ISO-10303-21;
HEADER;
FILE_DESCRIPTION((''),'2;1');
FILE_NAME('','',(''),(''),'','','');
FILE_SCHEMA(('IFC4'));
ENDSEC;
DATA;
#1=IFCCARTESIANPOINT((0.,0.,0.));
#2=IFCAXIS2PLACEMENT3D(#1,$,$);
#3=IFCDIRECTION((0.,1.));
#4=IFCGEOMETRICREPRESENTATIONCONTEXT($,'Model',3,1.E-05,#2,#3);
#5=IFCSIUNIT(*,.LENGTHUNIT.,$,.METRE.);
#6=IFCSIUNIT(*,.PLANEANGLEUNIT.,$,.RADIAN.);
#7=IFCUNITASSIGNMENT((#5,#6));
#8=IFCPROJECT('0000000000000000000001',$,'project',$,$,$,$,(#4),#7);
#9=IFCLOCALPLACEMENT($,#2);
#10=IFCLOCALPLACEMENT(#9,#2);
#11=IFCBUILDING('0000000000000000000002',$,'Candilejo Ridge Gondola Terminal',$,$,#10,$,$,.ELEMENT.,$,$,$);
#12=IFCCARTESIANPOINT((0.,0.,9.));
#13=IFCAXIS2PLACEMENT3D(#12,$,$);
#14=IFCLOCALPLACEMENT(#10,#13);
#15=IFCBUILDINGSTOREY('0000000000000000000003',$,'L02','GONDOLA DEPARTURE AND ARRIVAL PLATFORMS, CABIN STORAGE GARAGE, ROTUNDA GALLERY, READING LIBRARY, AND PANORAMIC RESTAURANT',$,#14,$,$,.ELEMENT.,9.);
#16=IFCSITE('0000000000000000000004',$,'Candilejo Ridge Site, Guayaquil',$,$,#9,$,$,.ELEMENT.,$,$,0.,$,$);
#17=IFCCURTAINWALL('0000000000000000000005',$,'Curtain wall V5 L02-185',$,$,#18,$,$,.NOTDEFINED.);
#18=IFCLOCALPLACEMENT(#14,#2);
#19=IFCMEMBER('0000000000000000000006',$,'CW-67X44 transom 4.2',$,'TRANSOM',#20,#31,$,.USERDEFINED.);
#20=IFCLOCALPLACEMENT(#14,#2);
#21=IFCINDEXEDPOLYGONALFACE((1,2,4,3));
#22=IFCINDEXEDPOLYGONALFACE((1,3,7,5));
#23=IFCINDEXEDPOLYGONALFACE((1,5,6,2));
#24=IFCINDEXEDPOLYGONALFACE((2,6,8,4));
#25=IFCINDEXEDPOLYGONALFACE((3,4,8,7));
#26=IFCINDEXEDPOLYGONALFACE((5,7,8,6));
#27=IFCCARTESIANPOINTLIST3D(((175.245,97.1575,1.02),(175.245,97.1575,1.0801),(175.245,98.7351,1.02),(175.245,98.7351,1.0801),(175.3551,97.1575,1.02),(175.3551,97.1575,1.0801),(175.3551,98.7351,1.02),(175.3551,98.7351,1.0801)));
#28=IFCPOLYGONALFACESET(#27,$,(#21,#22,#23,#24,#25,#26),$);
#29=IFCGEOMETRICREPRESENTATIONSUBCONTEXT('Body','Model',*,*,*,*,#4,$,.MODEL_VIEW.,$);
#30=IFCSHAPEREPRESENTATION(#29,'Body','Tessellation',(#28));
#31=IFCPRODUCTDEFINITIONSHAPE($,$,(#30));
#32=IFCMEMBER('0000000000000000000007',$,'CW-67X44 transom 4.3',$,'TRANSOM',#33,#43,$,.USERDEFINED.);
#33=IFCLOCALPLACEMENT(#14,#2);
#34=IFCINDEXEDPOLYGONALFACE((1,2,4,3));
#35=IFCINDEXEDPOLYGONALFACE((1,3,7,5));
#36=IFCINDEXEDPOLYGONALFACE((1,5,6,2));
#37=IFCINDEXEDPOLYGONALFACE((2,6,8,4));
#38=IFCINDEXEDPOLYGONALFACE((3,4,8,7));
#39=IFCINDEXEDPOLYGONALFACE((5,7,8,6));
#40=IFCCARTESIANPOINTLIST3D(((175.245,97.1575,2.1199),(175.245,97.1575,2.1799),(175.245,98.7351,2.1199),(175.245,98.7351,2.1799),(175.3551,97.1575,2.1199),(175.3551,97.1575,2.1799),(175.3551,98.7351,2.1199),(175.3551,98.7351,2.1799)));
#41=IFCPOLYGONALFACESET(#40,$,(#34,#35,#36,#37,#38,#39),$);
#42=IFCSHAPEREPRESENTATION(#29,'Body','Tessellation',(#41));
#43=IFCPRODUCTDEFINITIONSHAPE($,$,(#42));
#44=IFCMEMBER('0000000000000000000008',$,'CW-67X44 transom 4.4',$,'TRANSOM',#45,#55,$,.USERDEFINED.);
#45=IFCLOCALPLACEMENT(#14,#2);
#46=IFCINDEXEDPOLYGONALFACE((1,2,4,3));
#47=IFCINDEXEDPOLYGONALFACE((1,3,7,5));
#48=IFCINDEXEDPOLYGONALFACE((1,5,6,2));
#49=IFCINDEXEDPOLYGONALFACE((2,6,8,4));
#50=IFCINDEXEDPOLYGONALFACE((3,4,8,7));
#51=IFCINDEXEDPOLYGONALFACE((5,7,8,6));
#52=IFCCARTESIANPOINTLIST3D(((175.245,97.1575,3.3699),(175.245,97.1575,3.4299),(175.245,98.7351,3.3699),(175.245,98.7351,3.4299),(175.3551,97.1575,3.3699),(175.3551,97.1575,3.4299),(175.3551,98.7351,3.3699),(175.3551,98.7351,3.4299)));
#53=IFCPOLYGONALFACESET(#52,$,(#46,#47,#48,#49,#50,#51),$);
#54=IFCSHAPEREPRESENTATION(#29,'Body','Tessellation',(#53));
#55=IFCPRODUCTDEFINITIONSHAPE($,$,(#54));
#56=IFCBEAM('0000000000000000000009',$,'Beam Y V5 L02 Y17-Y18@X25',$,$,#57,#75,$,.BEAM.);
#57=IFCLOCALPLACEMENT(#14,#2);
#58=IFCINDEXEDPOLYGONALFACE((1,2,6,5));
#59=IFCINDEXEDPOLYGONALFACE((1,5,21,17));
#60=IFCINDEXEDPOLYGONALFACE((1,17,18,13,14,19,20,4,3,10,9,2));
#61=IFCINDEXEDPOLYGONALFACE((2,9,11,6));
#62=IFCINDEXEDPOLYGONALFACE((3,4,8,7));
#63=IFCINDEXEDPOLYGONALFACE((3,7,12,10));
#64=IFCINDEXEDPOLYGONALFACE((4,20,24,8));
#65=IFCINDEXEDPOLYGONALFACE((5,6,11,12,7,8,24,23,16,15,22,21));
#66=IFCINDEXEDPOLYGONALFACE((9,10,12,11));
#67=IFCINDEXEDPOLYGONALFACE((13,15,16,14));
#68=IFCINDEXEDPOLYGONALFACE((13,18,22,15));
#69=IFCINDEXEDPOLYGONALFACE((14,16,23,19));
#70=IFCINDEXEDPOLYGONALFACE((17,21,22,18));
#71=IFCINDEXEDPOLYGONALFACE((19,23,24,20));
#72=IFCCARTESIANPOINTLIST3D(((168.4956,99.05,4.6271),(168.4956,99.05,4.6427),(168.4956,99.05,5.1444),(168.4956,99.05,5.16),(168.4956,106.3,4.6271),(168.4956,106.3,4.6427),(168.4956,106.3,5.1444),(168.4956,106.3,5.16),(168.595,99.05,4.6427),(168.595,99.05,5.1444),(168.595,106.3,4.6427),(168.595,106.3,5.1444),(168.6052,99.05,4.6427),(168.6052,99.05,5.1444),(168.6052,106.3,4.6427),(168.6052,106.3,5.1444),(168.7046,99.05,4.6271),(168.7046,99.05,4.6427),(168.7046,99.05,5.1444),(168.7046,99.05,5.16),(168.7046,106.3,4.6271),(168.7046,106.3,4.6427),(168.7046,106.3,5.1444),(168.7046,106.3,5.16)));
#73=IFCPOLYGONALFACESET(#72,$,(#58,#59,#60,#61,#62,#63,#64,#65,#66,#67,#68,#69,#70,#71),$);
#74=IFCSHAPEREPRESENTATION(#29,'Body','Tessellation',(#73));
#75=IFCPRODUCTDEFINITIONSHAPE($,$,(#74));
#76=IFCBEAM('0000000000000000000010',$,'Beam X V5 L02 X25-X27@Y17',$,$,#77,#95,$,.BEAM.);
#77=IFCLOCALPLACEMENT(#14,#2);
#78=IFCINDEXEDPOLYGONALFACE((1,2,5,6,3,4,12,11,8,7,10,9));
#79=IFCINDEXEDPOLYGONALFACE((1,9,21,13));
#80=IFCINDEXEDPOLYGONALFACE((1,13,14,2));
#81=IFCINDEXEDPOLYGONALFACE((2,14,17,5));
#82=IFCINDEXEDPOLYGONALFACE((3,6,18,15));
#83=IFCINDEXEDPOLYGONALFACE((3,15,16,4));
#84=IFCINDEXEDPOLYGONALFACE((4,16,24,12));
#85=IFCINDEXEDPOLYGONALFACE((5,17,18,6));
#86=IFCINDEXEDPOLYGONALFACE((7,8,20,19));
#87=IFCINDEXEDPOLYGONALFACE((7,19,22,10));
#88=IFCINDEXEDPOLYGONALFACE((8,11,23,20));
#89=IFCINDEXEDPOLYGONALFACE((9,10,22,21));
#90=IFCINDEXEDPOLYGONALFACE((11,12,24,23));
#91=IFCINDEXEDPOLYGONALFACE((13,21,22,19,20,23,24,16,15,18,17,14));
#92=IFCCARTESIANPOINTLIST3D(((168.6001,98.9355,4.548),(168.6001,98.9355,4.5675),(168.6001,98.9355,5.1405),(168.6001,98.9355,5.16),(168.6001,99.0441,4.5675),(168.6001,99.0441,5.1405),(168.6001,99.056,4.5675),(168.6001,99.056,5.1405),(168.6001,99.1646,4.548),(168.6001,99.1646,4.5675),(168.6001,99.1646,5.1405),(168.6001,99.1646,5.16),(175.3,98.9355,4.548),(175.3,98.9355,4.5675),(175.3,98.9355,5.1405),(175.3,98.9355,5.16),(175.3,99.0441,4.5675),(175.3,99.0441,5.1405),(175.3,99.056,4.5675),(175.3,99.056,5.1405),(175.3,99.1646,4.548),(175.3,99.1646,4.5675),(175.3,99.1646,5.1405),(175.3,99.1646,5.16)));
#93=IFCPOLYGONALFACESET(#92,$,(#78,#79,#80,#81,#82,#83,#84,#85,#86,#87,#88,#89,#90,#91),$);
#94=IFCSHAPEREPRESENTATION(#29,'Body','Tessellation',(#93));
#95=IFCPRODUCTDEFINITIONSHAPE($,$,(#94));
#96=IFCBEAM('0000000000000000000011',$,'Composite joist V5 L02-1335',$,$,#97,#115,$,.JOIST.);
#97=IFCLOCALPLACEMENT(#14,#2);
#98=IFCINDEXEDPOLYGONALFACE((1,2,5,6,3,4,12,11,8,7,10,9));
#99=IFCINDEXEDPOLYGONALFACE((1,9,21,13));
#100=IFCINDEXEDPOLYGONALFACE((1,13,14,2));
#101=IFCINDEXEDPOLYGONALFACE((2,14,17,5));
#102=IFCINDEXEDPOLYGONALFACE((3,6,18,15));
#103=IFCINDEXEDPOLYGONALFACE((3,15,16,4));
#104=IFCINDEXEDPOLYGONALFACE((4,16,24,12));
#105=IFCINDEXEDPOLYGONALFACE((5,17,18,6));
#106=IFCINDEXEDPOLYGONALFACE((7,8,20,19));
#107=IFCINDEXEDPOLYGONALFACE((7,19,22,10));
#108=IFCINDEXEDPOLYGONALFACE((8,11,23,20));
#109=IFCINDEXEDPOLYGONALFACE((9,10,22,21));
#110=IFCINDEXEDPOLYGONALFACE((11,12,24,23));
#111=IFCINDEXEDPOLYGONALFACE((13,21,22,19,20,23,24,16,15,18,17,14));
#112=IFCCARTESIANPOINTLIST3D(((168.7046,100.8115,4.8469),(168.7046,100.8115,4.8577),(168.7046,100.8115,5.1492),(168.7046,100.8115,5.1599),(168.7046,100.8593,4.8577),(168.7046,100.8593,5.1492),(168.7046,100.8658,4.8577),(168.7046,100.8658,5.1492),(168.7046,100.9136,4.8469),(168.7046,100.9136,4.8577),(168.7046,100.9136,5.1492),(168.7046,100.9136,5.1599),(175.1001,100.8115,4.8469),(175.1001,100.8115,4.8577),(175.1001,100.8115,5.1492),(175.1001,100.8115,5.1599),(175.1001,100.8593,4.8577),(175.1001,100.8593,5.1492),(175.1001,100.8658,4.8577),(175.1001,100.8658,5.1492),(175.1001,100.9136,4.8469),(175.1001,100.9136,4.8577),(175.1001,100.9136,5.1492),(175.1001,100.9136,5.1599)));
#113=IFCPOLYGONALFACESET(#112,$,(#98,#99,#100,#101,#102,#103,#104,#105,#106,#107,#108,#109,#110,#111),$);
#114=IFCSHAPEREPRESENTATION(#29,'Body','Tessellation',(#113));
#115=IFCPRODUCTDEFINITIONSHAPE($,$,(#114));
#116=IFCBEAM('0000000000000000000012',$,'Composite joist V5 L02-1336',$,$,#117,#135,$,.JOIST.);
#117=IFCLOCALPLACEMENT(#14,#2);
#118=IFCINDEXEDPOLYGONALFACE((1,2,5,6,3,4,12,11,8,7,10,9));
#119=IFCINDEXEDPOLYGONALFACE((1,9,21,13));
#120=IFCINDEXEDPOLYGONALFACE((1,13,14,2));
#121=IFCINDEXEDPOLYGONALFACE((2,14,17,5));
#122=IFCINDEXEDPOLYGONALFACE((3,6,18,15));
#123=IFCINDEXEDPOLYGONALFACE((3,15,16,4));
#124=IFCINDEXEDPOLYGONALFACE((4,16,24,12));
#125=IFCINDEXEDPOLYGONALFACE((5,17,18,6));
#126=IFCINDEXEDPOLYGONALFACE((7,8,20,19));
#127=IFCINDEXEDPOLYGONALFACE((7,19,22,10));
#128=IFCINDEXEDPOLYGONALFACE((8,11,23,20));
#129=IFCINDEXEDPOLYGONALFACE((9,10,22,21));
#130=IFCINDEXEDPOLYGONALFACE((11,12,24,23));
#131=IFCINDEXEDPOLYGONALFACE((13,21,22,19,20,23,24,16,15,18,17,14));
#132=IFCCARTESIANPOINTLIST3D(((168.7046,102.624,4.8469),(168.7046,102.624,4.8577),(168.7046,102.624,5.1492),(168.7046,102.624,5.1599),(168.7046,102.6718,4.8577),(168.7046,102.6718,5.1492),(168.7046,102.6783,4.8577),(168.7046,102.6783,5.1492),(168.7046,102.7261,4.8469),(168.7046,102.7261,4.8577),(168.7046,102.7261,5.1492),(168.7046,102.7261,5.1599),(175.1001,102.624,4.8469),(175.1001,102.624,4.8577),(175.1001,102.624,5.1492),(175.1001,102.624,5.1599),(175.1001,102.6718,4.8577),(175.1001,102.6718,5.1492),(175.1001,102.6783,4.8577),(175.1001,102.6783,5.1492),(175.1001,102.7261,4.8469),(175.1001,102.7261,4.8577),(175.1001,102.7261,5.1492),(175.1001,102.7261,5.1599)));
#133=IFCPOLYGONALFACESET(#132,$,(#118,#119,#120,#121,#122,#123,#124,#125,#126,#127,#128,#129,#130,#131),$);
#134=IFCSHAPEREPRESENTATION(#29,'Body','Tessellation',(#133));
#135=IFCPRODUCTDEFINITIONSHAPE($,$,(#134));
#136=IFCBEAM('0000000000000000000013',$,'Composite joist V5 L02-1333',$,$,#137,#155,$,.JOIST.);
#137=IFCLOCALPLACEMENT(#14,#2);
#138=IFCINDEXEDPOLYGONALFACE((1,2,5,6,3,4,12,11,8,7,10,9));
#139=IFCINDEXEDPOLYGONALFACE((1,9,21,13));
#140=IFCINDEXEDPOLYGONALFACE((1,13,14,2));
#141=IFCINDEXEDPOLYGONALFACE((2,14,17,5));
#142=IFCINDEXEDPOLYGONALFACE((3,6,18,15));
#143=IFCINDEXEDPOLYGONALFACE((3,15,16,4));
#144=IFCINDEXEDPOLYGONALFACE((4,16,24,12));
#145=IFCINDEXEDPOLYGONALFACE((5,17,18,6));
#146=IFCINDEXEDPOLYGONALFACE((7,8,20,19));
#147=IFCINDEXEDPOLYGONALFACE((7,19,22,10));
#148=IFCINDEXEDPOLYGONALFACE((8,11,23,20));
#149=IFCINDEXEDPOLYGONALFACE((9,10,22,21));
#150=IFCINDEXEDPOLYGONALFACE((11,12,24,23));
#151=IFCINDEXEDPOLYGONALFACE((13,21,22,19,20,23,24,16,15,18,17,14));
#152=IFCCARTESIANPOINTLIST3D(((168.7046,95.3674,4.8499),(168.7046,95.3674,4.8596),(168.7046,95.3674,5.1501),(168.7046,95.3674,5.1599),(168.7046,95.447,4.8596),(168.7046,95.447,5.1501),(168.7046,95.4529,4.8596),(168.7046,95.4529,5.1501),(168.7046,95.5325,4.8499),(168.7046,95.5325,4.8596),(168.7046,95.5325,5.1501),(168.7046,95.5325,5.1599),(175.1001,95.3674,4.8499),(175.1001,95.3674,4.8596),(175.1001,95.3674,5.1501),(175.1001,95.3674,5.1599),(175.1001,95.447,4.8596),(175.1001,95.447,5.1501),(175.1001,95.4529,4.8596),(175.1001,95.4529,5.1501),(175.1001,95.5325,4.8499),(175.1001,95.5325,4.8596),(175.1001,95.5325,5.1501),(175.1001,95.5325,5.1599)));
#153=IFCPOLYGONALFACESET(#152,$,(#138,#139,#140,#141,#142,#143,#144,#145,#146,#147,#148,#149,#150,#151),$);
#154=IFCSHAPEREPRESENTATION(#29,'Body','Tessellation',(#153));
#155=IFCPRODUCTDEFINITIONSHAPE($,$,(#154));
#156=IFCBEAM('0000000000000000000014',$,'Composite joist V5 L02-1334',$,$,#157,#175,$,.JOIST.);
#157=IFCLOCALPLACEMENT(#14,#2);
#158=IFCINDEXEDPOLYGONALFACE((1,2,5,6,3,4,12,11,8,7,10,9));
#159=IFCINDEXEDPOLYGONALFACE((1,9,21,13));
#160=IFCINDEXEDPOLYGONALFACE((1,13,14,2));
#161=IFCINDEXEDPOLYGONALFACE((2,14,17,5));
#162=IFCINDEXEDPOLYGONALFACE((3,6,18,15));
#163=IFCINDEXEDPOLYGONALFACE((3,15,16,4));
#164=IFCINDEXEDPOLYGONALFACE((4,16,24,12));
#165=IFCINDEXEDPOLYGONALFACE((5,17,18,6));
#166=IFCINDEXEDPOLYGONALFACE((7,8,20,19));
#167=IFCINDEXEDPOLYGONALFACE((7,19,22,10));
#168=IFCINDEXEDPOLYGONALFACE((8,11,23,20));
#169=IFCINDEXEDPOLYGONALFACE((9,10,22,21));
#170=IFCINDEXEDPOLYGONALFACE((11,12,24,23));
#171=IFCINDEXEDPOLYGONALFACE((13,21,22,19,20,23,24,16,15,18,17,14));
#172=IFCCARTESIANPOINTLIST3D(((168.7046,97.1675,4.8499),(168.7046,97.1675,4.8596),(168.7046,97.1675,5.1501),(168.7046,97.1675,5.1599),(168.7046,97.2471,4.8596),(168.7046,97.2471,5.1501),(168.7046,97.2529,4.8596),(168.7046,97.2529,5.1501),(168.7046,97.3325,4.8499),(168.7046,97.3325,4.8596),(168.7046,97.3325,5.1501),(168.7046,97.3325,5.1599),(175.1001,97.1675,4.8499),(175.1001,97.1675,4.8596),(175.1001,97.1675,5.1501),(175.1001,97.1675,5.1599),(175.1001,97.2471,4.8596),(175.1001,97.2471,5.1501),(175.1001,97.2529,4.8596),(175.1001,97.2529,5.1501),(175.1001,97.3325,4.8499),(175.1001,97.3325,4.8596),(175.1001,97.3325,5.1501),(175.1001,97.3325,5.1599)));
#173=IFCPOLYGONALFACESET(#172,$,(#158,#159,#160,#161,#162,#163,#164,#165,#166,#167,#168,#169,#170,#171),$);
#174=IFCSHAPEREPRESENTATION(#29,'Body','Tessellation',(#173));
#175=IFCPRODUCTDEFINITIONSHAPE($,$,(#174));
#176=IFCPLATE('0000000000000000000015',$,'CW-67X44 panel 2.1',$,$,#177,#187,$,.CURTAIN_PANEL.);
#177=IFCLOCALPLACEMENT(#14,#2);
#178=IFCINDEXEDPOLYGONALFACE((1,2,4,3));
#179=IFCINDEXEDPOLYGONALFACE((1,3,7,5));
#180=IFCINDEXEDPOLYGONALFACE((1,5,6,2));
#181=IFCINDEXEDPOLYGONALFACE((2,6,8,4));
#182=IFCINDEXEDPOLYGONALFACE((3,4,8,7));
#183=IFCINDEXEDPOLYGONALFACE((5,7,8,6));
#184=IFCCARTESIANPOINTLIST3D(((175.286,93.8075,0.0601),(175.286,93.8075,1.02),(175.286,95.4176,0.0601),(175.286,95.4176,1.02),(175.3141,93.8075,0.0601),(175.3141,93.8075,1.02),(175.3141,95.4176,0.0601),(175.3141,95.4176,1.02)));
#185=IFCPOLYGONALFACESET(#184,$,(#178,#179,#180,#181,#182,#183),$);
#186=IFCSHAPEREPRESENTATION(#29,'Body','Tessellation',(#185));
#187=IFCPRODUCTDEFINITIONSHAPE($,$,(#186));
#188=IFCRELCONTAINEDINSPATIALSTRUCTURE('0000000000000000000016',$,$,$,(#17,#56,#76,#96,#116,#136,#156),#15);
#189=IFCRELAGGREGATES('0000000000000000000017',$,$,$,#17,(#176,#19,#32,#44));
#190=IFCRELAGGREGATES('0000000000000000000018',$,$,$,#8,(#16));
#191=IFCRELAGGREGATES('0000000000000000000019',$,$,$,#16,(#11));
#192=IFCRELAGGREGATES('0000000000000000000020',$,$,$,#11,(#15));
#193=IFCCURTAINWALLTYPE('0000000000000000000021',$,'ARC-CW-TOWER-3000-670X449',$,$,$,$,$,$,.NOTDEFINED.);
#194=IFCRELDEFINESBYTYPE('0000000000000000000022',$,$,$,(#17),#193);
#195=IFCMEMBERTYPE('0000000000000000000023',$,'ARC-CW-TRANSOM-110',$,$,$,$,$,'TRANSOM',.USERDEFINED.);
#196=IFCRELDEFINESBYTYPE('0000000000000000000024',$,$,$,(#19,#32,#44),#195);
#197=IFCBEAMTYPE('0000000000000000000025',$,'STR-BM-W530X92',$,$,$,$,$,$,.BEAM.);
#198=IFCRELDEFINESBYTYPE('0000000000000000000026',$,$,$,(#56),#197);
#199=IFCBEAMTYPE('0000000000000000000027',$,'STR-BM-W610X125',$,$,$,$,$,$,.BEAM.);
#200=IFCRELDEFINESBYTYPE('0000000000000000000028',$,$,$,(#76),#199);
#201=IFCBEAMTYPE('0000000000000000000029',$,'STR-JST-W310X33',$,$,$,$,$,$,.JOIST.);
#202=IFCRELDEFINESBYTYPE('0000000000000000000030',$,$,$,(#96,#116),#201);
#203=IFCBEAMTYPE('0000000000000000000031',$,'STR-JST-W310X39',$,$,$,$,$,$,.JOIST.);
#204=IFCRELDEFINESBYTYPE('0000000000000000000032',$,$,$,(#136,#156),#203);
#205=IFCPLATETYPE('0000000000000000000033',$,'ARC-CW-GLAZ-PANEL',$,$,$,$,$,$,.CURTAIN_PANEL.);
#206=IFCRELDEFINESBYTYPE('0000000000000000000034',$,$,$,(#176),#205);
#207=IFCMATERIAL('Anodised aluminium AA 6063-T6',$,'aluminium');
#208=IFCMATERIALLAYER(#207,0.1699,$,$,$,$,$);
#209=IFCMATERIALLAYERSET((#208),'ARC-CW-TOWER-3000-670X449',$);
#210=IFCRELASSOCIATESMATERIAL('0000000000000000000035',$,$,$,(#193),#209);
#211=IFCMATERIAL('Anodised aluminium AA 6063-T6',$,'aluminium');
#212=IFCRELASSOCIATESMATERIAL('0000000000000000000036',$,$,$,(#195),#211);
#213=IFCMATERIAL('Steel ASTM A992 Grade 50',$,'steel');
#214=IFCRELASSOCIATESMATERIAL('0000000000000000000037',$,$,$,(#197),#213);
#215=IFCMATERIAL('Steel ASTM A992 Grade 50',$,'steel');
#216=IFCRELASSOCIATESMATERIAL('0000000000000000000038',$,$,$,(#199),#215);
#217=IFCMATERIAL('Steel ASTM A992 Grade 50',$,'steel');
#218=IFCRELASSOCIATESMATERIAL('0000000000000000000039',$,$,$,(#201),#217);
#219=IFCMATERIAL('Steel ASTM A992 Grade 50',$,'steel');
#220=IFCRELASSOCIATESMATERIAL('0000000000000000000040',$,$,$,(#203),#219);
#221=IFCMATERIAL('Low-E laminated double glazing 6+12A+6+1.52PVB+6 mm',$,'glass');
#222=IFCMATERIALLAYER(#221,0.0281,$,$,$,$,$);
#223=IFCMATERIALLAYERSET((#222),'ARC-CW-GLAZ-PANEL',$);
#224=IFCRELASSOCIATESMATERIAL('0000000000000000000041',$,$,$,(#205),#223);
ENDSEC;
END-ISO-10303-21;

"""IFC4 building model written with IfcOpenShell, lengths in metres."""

from ifc_helpers import new_model, si_unit, direction, frame, origin, origin_2d, place, context, subcontext, project, spatial, rectangle, i_section, extrude, material, layer, layer_set, material_profile, profile_set, type_object, element, aggregate, save


model = new_model("IFC4")

# Units and contexts
model_context = context("Model", 3, precision=1e-05, world=origin(), true_north=direction((0.0, 1.0)))
body_context = subcontext(model_context, "Body", "Model", "MODEL_VIEW")
ifc_project = project(units=[si_unit("LENGTHUNIT", "METRE"), si_unit("PLANEANGLEUNIT", "RADIAN")], contexts=[model_context])

# Site, building, storey
site_placement = place(None, origin())
site = spatial("IfcSite", under=ifc_project, at=site_placement, Name="Candilejo Ridge Site, Guayaquil", CompositionType="ELEMENT", RefElevation=0.0)
building_placement = place(site_placement, origin())
building = spatial("IfcBuilding", under=site, at=building_placement, Name="Candilejo Ridge Gondola Terminal", CompositionType="ELEMENT")
storey_placement = place(building_placement, frame((0.0, 0.0, 9.0)))
storey = spatial("IfcBuildingStorey", under=building, at=storey_placement, Name="L02", Description="GONDOLA DEPARTURE AND ARRIVAL PLATFORMS, CABIN STORAGE GARAGE, ROTUNDA GALLERY, READING LIBRARY, AND PANORAMIC RESTAURANT", CompositionType="ELEMENT", Elevation=9.0)

# Curtain wall, members
ifc_material_1 = material(Name="Anodised aluminium AA 6063-T6", Category="aluminium")
ifc_layer_1 = layer(ifc_material_1, 0.1699)
ifc_layer_set_1 = layer_set([ifc_layer_1], Name="ARC-CW-TOWER-3000-670X449")
curtain_wall_type = type_object("IfcCurtainWallType", Name="ARC-CW-TOWER-3000-670X449", PredefinedType="NOTDEFINED", material=ifc_layer_set_1)
curtain_wall_placement = place(storey_placement, origin())
curtain_wall = element("IfcCurtainWall", 1, at=curtain_wall_placement, inside=storey, type_object=curtain_wall_type, Name="Curtain wall V5 L02-185", PredefinedType="NOTDEFINED")
ifc_material_2 = material(Name="Anodised aluminium AA 6063-T6", Category="aluminium")
ifc_material_profile_1 = material_profile(ifc_material_2, rectangle(XDim=0.1101, YDim=0.0601, at=origin_2d()))
ifc_profile_set_1 = profile_set([ifc_material_profile_1], Name="Anodised aluminium AA 6063-T6")
member_type_1 = type_object("IfcMemberType", Name="ARC-CW-TRANSOM-110", ElementType="TRANSOM", PredefinedType="USERDEFINED", material=ifc_profile_set_1)
member_1_placement = place(storey_placement, frame((175.3, 97.1575, 1.05), z_axis=(0.0, 1.0, 0.0), x_axis=(-1.0, 0.0, 0.0)))
member_1 = element("IfcMember", 2, at=member_1_placement, type_object=member_type_1, Name="CW-67X44 transom 4.2", ObjectType="TRANSOM", PredefinedType="USERDEFINED", context=body_context, shape_type="SweptSolid", body=[
    extrude(rectangle(XDim=0.1101, YDim=0.0601, at=origin_2d()), origin(), (0.0, 0.0, 1.0), 1.5776),
])
member_2_placement = place(storey_placement, frame((175.3, 97.1575, 2.1499), z_axis=(0.0, 1.0, 0.0), x_axis=(-1.0, 0.0, 0.0)))
member_2 = element("IfcMember", 3, at=member_2_placement, type_object=member_type_1, Name="CW-67X44 transom 4.3", ObjectType="TRANSOM", PredefinedType="USERDEFINED", context=body_context, shape_type="SweptSolid", body=[
    extrude(rectangle(XDim=0.1101, YDim=0.0601, at=origin_2d()), origin(), (0.0, 0.0, 1.0), 1.5776),
])
member_3_placement = place(storey_placement, frame((175.3, 97.1575, 3.3999), z_axis=(0.0, 1.0, 0.0), x_axis=(-1.0, 0.0, 0.0)))
member_3 = element("IfcMember", 4, at=member_3_placement, type_object=member_type_1, Name="CW-67X44 transom 4.4", ObjectType="TRANSOM", PredefinedType="USERDEFINED", context=body_context, shape_type="SweptSolid", body=[
    extrude(rectangle(XDim=0.1101, YDim=0.0601, at=origin_2d()), origin(), (0.0, 0.0, 1.0), 1.5776),
])

# Beams
ifc_material_3 = material(Name="Steel ASTM A992 Grade 50", Category="steel")
ifc_material_profile_2 = material_profile(ifc_material_3, i_section(OverallWidth=0.209, OverallDepth=0.533, WebThickness=0.0103, FlangeThickness=0.0156, at=origin_2d()))
ifc_profile_set_2 = profile_set([ifc_material_profile_2], Name="Steel ASTM A992 Grade 50")
beam_type_1 = type_object("IfcBeamType", Name="STR-BM-W530X92", PredefinedType="BEAM", material=ifc_profile_set_2)
beam_1_placement = place(storey_placement, frame((168.6001, 99.05, 4.8936), z_axis=(0.0, 1.0, 0.0), x_axis=(-1.0, 0.0, 0.0)))
element("IfcBeam", 5, at=beam_1_placement, inside=storey, type_object=beam_type_1, Name="Beam Y V5 L02 Y17-Y18@X25", PredefinedType="BEAM", context=body_context, shape_type="SweptSolid", body=[
    extrude(i_section(OverallWidth=0.209, OverallDepth=0.533, WebThickness=0.0103, FlangeThickness=0.0156, at=origin_2d()), origin(), (0.0, 0.0, 1.0), 7.25),
])
ifc_material_4 = material(Name="Steel ASTM A992 Grade 50", Category="steel")
ifc_material_profile_3 = material_profile(ifc_material_4, i_section(OverallWidth=0.229, OverallDepth=0.6121, WebThickness=0.012, FlangeThickness=0.0195, at=origin_2d()))
ifc_profile_set_3 = profile_set([ifc_material_profile_3], Name="Steel ASTM A992 Grade 50")
beam_type_2 = type_object("IfcBeamType", Name="STR-BM-W610X125", PredefinedType="BEAM", material=ifc_profile_set_3)
beam_2_placement = place(storey_placement, frame((168.6001, 99.05, 4.854), z_axis=(1.0, 0.0, 0.0), x_axis=(0.0, 1.0, 0.0)))
element("IfcBeam", 6, at=beam_2_placement, inside=storey, type_object=beam_type_2, Name="Beam X V5 L02 X25-X27@Y17", PredefinedType="BEAM", context=body_context, shape_type="SweptSolid", body=[
    extrude(i_section(OverallWidth=0.229, OverallDepth=0.6121, WebThickness=0.012, FlangeThickness=0.0195, at=origin_2d()), origin(), (0.0, 0.0, 1.0), 6.7),
])
ifc_material_5 = material(Name="Steel ASTM A992 Grade 50", Category="steel")
ifc_material_profile_4 = material_profile(ifc_material_5, i_section(OverallWidth=0.1021, OverallDepth=0.313, WebThickness=0.0066, FlangeThickness=0.0107, at=origin_2d()))
ifc_profile_set_4 = profile_set([ifc_material_profile_4], Name="Steel ASTM A992 Grade 50")
beam_type_3 = type_object("IfcBeamType", Name="STR-JST-W310X33", PredefinedType="JOIST", material=ifc_profile_set_4)
for number, where, z_axis, x_axis, name in (
    (7, (168.7046, 100.8625, 5.0034), (1.0, 0.0, 0.0), (0.0, 1.0, 0.0), "Composite joist V5 L02-1335"),
    (8, (168.7046, 102.675, 5.0034), (1.0, 0.0, 0.0), (0.0, 1.0, 0.0), "Composite joist V5 L02-1336"),
):
    element("IfcBeam", number, at=place(storey_placement, frame(where, z_axis=z_axis, x_axis=x_axis)), inside=storey, type_object=beam_type_3, Name=name, PredefinedType="JOIST", context=body_context, shape_type="SweptSolid", body=[
        extrude(i_section(OverallWidth=0.1021, OverallDepth=0.313, WebThickness=0.0066, FlangeThickness=0.0107, at=origin_2d()), origin(), (0.0, 0.0, 1.0), 6.3955),
    ])
ifc_material_6 = material(Name="Steel ASTM A992 Grade 50", Category="steel")
ifc_material_profile_5 = material_profile(ifc_material_6, i_section(OverallWidth=0.165, OverallDepth=0.3101, WebThickness=0.0059, FlangeThickness=0.0098, at=origin_2d()))
ifc_profile_set_5 = profile_set([ifc_material_profile_5], Name="Steel ASTM A992 Grade 50")
beam_type_4 = type_object("IfcBeamType", Name="STR-JST-W310X39", PredefinedType="JOIST", material=ifc_profile_set_5)
for number, where, z_axis, x_axis, name in (
    (9, (168.7046, 95.45, 5.0049), (1.0, 0.0, 0.0), (0.0, 1.0, 0.0), "Composite joist V5 L02-1333"),
    (10, (168.7046, 97.25, 5.0049), (1.0, 0.0, 0.0), (0.0, 1.0, 0.0), "Composite joist V5 L02-1334"),
):
    element("IfcBeam", number, at=place(storey_placement, frame(where, z_axis=z_axis, x_axis=x_axis)), inside=storey, type_object=beam_type_4, Name=name, PredefinedType="JOIST", context=body_context, shape_type="SweptSolid", body=[
        extrude(i_section(OverallWidth=0.165, OverallDepth=0.3101, WebThickness=0.0059, FlangeThickness=0.0098, at=origin_2d()), origin(), (0.0, 0.0, 1.0), 6.3955),
    ])

# Plate
ifc_material_7 = material(Name="Low-E laminated double glazing 6+12A+6+1.52PVB+6 mm", Category="glass")
ifc_layer_2 = layer(ifc_material_7, 0.0281)
ifc_layer_set_2 = layer_set([ifc_layer_2], Name="ARC-CW-GLAZ-PANEL")
plate_type = type_object("IfcPlateType", Name="ARC-CW-GLAZ-PANEL", PredefinedType="CURTAIN_PANEL", material=ifc_layer_set_2)
plate_1_placement = place(storey_placement, frame((175.3, 94.6125, 0.0601), z_axis=(0.0, 0.0, 1.0), x_axis=(0.0, 1.0, 0.0)))
plate_1 = element("IfcPlate", 11, at=plate_1_placement, type_object=plate_type, Name="CW-67X44 panel 2.1", PredefinedType="CURTAIN_PANEL", context=body_context, shape_type="SweptSolid", body=[
    extrude(rectangle(XDim=1.6101, YDim=0.0281, at=origin_2d()), origin(), (0.0, 0.0, 1.0), 0.96),
])
aggregate(curtain_wall, [plate_1, member_1, member_2, member_3])

save(model, "model.ifc")
